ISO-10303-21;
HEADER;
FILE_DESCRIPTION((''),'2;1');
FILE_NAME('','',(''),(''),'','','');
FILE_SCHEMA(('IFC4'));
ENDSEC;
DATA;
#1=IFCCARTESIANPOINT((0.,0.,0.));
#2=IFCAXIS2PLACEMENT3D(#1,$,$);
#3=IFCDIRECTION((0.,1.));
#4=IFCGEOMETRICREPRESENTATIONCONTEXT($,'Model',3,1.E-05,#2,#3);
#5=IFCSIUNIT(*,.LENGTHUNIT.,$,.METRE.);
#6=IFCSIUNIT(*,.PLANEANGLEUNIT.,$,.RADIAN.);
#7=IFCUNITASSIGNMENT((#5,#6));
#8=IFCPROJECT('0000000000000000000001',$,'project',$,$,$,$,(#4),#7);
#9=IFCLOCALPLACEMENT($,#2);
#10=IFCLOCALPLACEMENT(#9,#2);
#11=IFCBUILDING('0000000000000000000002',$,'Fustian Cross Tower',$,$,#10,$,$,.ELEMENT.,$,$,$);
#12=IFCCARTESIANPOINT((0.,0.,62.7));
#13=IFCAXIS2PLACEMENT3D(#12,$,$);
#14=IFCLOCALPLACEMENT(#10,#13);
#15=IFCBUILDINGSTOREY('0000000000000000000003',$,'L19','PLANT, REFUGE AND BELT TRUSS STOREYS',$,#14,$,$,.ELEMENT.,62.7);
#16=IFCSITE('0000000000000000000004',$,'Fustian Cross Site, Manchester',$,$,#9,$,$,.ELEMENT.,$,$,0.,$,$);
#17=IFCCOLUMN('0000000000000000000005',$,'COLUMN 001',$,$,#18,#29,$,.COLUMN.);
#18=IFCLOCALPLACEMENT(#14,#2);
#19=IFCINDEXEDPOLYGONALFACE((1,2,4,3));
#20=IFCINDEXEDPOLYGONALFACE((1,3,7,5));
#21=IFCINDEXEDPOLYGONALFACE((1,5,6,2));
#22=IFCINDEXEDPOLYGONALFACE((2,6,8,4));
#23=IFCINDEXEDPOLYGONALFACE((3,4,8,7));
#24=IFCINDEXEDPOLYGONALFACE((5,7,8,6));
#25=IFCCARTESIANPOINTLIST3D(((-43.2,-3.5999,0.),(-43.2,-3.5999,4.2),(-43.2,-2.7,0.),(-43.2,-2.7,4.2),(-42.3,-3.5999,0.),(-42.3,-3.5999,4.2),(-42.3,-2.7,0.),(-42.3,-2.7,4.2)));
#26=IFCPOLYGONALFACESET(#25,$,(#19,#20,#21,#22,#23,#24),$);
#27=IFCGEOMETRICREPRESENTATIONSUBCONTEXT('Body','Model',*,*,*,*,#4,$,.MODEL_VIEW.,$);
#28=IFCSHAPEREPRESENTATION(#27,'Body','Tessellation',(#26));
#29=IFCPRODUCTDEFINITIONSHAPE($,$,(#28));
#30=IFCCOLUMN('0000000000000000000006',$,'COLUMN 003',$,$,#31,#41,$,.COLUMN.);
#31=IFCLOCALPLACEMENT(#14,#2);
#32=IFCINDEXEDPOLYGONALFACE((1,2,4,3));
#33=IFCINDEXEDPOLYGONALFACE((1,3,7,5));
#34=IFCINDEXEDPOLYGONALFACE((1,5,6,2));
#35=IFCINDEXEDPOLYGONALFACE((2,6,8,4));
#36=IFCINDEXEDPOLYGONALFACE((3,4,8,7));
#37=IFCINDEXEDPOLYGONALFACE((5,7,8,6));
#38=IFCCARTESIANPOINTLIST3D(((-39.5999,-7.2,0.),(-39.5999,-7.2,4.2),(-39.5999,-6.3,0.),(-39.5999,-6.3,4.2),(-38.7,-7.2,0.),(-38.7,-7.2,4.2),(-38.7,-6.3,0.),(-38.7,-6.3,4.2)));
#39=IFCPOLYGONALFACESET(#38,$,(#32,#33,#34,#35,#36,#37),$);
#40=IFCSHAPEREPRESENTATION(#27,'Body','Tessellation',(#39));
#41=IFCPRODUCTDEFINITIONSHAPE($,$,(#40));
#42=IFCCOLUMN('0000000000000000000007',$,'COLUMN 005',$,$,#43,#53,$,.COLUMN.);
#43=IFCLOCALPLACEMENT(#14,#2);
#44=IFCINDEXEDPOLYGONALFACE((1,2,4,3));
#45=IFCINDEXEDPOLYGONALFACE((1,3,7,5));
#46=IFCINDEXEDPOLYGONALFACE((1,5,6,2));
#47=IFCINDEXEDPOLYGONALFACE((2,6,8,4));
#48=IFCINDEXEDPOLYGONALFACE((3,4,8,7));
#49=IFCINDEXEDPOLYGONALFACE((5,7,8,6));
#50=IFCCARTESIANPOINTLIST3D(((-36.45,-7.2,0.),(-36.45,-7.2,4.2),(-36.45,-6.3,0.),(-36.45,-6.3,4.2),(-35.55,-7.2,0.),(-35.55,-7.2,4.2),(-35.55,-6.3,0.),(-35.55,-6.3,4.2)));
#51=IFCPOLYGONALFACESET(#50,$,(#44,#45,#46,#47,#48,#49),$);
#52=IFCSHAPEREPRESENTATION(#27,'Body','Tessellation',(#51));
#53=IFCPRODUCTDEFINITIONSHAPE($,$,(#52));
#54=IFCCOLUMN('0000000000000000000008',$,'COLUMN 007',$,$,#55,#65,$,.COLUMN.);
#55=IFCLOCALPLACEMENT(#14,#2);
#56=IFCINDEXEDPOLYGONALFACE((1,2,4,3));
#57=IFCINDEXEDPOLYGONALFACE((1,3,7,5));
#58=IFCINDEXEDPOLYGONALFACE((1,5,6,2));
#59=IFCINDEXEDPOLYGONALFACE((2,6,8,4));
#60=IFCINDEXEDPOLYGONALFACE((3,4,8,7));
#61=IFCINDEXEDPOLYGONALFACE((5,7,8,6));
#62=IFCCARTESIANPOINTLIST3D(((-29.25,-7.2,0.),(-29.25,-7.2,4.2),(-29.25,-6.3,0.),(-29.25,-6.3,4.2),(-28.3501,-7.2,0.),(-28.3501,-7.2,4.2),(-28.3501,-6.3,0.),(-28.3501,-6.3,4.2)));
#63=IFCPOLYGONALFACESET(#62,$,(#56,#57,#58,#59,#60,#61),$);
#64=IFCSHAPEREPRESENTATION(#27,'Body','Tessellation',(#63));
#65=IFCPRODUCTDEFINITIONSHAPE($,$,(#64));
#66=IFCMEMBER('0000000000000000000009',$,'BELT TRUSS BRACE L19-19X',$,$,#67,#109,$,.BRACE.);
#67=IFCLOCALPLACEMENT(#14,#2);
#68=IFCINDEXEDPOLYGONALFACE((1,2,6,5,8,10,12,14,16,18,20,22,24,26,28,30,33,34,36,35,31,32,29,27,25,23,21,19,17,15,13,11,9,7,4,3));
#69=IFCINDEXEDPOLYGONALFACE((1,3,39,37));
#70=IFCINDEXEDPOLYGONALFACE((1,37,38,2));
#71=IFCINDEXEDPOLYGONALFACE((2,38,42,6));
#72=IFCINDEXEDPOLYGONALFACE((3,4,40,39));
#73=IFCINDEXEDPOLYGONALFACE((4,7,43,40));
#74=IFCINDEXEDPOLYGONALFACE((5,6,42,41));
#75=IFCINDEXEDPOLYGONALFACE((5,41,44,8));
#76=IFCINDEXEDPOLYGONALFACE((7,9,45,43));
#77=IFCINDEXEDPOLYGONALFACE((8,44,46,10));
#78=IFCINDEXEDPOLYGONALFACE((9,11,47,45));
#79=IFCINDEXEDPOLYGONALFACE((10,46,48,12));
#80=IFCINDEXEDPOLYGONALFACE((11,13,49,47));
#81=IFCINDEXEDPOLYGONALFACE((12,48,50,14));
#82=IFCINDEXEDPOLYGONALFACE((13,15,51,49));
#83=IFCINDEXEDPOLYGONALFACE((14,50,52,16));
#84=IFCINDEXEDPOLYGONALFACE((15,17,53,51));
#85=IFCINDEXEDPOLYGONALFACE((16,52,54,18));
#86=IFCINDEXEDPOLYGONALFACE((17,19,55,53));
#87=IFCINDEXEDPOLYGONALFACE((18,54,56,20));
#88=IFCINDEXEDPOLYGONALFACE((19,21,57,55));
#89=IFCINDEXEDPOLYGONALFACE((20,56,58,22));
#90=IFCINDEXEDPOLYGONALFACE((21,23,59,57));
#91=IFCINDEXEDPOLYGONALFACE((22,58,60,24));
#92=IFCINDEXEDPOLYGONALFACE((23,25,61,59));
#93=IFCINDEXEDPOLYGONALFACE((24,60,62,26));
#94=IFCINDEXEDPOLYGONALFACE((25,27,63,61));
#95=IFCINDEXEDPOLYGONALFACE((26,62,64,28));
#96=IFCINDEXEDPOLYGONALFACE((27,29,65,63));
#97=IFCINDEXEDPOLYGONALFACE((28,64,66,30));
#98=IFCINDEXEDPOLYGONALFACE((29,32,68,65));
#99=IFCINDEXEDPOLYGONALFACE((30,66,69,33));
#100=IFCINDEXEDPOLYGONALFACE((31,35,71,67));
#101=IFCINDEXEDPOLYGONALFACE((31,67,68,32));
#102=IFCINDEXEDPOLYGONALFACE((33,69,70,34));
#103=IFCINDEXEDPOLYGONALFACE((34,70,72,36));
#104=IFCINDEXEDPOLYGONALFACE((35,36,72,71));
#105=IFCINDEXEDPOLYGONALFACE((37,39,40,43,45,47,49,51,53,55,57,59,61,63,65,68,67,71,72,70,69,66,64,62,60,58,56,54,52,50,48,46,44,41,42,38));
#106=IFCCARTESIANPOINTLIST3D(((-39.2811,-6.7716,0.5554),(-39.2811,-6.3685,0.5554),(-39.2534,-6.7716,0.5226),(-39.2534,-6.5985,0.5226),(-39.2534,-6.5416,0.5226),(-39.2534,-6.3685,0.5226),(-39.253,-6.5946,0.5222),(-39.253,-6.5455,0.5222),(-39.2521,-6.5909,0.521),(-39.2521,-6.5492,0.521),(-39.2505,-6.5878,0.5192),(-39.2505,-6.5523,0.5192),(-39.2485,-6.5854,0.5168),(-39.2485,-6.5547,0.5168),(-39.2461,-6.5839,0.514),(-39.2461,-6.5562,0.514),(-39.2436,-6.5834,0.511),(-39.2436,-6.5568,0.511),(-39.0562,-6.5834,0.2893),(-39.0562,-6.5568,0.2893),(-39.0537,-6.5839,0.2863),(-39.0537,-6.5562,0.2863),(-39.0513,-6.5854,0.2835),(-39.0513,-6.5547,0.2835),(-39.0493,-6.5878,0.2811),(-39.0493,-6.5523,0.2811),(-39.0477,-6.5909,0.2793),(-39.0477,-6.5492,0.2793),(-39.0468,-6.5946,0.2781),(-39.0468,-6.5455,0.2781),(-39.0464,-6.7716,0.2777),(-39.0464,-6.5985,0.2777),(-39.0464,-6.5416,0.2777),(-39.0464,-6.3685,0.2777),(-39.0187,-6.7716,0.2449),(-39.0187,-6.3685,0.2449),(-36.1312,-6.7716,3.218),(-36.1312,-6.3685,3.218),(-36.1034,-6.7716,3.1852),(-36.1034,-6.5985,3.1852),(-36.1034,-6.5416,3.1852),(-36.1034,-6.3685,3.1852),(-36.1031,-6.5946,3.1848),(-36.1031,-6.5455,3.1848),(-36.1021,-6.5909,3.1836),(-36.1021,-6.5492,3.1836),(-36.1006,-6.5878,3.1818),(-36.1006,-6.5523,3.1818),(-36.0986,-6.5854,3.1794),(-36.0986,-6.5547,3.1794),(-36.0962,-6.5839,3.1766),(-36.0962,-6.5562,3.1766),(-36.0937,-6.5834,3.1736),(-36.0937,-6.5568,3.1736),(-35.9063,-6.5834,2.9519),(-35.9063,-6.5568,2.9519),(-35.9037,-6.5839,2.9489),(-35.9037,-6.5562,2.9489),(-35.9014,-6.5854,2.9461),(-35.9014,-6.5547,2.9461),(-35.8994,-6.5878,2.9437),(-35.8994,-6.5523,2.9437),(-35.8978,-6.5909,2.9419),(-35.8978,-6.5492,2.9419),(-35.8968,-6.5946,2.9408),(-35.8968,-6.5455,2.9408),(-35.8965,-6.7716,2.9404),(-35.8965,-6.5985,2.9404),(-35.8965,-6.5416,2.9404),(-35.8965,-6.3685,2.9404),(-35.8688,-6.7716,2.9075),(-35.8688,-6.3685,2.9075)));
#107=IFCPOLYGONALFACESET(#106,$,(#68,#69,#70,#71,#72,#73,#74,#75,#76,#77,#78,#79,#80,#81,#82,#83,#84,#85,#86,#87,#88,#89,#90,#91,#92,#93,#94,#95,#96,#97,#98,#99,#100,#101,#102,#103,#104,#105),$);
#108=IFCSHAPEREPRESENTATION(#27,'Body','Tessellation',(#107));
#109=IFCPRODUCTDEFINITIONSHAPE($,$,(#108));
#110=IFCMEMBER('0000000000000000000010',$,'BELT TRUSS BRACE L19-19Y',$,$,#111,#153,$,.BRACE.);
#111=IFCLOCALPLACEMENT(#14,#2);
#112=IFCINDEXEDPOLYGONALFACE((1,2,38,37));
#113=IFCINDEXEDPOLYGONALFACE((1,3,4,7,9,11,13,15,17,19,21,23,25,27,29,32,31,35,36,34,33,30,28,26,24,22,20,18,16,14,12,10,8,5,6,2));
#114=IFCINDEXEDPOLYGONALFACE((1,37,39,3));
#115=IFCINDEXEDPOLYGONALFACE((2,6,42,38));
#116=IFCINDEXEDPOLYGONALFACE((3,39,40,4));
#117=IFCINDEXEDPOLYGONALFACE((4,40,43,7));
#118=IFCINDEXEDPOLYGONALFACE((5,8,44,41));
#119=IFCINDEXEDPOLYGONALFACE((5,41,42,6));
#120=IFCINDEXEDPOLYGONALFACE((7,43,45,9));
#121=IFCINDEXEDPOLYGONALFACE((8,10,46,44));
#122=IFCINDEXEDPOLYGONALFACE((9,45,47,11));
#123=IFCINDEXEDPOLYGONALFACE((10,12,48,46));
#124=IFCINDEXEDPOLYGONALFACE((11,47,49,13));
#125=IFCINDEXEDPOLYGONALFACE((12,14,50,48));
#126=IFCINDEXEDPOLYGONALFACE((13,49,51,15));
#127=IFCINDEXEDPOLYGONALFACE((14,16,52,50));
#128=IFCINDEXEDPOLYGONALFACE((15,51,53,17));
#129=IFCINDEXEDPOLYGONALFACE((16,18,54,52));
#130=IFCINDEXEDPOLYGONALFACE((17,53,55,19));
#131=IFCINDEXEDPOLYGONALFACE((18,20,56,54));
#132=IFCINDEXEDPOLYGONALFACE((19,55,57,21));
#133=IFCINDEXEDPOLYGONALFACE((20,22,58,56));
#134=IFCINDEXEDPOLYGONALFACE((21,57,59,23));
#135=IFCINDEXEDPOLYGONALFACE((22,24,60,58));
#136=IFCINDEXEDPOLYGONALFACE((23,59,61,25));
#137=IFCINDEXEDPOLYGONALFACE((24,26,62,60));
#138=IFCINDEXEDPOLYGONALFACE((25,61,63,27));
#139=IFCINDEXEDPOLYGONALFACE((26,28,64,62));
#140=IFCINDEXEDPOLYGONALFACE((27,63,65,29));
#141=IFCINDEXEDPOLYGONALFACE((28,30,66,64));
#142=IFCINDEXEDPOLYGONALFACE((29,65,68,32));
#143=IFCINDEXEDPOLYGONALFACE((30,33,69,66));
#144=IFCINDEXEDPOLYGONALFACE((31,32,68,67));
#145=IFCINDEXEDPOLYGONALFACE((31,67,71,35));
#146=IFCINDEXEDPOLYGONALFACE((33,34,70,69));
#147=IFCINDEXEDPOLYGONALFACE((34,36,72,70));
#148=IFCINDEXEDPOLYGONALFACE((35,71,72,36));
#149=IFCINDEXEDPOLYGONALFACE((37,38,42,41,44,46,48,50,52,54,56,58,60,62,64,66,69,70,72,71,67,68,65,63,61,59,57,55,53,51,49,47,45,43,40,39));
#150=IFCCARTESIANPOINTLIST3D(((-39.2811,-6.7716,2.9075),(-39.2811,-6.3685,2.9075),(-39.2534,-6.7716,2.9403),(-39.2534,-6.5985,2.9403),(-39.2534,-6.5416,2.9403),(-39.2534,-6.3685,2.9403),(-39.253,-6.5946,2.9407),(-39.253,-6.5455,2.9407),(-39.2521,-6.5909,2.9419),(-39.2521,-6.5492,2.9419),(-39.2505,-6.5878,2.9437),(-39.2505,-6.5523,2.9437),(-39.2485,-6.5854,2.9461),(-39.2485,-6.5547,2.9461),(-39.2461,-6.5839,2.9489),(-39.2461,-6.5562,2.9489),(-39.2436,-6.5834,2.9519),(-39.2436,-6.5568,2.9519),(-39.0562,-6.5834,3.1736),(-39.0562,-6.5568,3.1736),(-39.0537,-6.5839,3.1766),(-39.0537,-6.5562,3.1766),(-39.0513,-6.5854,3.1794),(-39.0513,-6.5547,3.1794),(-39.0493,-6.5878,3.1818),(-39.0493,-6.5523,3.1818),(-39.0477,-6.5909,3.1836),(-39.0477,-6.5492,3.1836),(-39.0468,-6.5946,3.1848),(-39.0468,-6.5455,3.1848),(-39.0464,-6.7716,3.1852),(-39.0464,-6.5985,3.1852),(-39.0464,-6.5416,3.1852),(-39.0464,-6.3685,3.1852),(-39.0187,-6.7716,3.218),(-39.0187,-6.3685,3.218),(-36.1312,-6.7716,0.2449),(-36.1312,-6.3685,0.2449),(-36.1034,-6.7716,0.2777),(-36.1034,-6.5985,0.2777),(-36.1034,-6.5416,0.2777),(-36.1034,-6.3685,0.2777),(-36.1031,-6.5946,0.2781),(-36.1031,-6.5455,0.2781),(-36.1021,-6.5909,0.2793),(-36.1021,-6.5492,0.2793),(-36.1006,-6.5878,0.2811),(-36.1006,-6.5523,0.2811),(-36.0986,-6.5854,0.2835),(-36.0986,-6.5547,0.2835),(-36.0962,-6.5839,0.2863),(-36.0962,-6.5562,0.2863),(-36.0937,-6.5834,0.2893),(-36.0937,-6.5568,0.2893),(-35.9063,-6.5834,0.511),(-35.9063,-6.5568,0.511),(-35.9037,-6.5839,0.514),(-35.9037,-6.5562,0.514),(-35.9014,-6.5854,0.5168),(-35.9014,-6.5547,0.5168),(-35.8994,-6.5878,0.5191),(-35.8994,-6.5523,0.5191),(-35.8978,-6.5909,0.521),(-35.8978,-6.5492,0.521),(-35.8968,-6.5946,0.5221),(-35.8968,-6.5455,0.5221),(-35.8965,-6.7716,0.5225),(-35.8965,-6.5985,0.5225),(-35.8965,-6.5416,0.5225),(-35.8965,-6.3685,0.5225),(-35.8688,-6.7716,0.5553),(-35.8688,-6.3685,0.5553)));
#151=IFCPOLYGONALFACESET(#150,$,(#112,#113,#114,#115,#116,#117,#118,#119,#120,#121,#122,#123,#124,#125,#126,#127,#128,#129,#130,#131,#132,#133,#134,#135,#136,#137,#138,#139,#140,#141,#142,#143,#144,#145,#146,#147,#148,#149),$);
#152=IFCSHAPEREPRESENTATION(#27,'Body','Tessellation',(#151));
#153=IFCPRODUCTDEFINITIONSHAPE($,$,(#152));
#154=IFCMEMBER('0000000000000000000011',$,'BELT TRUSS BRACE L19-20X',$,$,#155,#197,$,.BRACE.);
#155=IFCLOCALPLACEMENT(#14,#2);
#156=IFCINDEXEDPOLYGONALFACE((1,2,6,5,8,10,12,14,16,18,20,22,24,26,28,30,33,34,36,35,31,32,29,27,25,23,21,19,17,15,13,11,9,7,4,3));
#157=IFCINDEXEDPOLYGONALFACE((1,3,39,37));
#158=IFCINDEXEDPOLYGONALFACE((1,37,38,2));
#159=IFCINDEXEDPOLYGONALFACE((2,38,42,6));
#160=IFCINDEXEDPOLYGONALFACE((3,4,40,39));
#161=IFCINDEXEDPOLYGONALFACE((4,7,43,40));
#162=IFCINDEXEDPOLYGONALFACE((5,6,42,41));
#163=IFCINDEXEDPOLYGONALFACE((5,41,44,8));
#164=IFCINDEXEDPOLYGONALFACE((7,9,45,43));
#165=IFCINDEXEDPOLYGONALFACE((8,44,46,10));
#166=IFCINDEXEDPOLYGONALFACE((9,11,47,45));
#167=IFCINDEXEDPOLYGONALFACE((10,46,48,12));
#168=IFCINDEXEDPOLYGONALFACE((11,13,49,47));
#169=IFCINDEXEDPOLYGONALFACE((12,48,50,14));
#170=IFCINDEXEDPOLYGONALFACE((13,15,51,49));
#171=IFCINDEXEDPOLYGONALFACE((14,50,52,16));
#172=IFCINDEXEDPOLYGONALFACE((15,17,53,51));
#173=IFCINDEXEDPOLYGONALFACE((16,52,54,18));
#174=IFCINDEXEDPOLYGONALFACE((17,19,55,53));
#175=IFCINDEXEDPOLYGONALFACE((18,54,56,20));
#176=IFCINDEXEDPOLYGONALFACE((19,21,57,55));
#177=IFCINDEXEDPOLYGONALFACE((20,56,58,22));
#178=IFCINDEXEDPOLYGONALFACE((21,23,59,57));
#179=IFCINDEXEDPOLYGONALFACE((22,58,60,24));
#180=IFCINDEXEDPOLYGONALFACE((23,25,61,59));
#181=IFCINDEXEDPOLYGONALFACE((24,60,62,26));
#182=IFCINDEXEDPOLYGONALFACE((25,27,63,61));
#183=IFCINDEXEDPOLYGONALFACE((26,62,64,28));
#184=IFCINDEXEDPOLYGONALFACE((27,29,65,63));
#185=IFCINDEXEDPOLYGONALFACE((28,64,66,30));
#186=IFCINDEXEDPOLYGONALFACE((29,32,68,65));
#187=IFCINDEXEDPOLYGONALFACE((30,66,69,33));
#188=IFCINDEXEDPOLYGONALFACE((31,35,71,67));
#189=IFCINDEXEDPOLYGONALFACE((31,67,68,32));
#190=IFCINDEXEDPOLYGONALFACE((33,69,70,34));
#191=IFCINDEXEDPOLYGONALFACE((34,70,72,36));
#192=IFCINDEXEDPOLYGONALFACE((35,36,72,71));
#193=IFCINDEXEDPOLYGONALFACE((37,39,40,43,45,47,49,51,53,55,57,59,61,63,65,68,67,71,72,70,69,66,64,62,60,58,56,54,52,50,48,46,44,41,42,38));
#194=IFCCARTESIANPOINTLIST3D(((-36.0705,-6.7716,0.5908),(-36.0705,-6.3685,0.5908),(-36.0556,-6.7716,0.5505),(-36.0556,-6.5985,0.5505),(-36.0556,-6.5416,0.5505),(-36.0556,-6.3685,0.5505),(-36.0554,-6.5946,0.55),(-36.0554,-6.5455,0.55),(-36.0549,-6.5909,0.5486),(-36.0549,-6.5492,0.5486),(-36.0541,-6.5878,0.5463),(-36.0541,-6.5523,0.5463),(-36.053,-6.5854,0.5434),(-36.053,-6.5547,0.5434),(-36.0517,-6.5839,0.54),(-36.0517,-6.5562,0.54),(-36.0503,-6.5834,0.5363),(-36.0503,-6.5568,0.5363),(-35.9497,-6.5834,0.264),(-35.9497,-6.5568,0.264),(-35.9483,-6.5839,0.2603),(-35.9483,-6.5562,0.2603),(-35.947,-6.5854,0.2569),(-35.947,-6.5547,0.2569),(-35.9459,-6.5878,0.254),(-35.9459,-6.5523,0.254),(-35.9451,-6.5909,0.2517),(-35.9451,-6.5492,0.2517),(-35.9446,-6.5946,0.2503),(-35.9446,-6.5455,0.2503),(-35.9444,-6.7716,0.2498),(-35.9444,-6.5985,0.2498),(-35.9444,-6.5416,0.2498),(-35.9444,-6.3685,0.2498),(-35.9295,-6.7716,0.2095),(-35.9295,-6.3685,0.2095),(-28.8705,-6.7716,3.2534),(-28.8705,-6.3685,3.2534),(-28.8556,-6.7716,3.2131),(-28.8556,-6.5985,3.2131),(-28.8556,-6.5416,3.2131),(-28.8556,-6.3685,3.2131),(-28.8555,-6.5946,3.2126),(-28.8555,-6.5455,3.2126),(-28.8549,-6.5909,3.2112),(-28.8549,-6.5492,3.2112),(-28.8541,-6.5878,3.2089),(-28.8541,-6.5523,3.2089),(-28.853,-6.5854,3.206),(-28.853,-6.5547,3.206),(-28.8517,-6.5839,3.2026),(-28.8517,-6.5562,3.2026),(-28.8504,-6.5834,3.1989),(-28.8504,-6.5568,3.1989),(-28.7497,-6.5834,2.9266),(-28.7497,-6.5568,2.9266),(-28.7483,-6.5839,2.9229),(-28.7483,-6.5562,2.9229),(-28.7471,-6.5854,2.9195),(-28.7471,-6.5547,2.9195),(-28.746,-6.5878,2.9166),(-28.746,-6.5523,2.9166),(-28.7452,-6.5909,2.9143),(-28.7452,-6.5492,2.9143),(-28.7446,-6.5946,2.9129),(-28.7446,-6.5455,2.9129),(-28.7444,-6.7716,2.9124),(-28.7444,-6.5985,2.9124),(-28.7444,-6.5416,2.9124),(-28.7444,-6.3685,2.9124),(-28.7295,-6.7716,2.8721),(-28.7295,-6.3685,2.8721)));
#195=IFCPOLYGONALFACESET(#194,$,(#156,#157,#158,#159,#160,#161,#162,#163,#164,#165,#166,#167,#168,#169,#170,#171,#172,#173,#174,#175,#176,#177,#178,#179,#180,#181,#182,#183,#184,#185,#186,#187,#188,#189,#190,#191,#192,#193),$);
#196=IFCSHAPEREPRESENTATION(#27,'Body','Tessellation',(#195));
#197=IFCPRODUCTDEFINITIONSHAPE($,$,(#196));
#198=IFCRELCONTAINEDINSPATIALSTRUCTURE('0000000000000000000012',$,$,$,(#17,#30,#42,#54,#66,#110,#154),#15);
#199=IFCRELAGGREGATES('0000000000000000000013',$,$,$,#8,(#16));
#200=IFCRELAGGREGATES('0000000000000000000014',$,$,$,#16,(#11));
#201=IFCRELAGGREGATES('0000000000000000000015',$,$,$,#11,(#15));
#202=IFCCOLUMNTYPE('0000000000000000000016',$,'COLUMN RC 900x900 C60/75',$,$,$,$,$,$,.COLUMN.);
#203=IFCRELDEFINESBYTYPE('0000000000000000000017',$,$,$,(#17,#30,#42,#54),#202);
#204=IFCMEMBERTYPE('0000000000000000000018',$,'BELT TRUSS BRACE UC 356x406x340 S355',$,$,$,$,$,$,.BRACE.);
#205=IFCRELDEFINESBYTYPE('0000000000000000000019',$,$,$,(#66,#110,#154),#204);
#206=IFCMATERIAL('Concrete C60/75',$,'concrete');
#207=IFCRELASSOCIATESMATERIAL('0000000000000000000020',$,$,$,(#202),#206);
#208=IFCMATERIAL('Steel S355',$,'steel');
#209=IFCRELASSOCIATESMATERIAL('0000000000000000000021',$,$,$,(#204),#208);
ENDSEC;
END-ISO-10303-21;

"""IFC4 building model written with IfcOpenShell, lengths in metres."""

from ifc_helpers import new_model, si_unit, direction, frame, origin, origin_2d, place, context, subcontext, project, spatial, rectangle, i_section, extrude, material, material_profile, profile_set, type_object, element, save


model = new_model("IFC4")

# Units and contexts
model_context = context("Model", 3, precision=1e-05, world=origin(), true_north=direction((0.0, 1.0)))
body_context = subcontext(model_context, "Body", "Model", "MODEL_VIEW")
ifc_project = project(units=[si_unit("LENGTHUNIT", "METRE"), si_unit("PLANEANGLEUNIT", "RADIAN")], contexts=[model_context])

# Site, building, storey
site_placement = place(None, origin())
site = spatial("IfcSite", under=ifc_project, at=site_placement, Name="Fustian Cross Site, Manchester", CompositionType="ELEMENT", RefElevation=0.0)
building_placement = place(site_placement, origin())
building = spatial("IfcBuilding", under=site, at=building_placement, Name="Fustian Cross Tower", CompositionType="ELEMENT")
storey_placement = place(building_placement, frame((0.0, 0.0, 62.7)))
storey = spatial("IfcBuildingStorey", under=building, at=storey_placement, Name="L19", Description="PLANT, REFUGE AND BELT TRUSS STOREYS", CompositionType="ELEMENT", Elevation=62.7)

# Columns
ifc_material_1 = material(Name="Concrete C60/75", Category="concrete")
ifc_material_profile_1 = material_profile(ifc_material_1, rectangle(XDim=0.8999, YDim=0.8999, at=origin_2d()), Name="RC 900x900")
ifc_profile_set_1 = profile_set([ifc_material_profile_1], Name="Concrete C60/75")
column_type = type_object("IfcColumnType", Name="COLUMN RC 900x900 C60/75", PredefinedType="COLUMN", material=ifc_profile_set_1)
for number, where, z_axis, x_axis, name in (
    (1, (-42.75, -3.1499, 0.0), (0.0, 0.0, 1.0), (1.0, 0.0, 0.0), "COLUMN 001"),
    (2, (-39.1499, -6.75, 0.0), (0.0, 0.0, 1.0), (1.0, 0.0, 0.0), "COLUMN 003"),
    (3, (-36.0, -6.75, 0.0), (0.0, 0.0, 1.0), (1.0, 0.0, 0.0), "COLUMN 005"),
    (4, (-28.8, -6.75, 0.0), (0.0, 0.0, 1.0), (1.0, 0.0, 0.0), "COLUMN 007"),
):
    element("IfcColumn", number, at=place(storey_placement, frame(where, z_axis=z_axis, x_axis=x_axis)), inside=storey, type_object=column_type, Name=name, PredefinedType="COLUMN", context=body_context, shape_type="SweptSolid", body=[
        extrude(rectangle(XDim=0.8999, YDim=0.8999, at=origin_2d()), origin(), (0.0, 0.0, 1.0), 4.2),
    ])

# Members
ifc_material_2 = material(Name="Steel S355", Category="steel")
ifc_material_profile_2 = material_profile(ifc_material_2, i_section(OverallWidth=0.4031, OverallDepth=0.4065, WebThickness=0.0266, FlangeThickness=0.043, FilletRadius=0.0151, at=origin_2d()), Name="UC 356x406x340")
ifc_profile_set_2 = profile_set([ifc_material_profile_2], Name="Steel S355")
member_type_1 = type_object("IfcMemberType", Name="BELT TRUSS BRACE UC 356x406x340 S355", PredefinedType="BRACE", material=ifc_profile_set_2)
for number, where, z_axis, x_axis, name in (
    (5, (-39.1499, -6.5701, 0.4001), (0.76371, 0.0, 0.64556), (0.0, 1.0, 0.0), "BELT TRUSS BRACE L19-19X"),
    (6, (-39.1499, -6.5701, 3.0627), (0.76371, 0.0, -0.64556), (0.0, 1.0, 0.0), "BELT TRUSS BRACE L19-19Y"),
):
    element("IfcMember", number, at=place(storey_placement, frame(where, z_axis=z_axis, x_axis=x_axis)), inside=storey, type_object=member_type_1, Name=name, PredefinedType="BRACE", context=body_context, shape_type="SweptSolid", body=[
        extrude(i_section(OverallWidth=0.4031, OverallDepth=0.4065, WebThickness=0.0266, FlangeThickness=0.043, FilletRadius=0.0151, at=origin_2d()), origin(), (0.0, 0.0, 1.0), 4.1245),
    ])
for number, where, z_axis, x_axis, name in (
    (7, (-36.0, -6.5701, 0.4001), (0.937921, 0.0, 0.34685), (0.0, 1.0, 0.0), "BELT TRUSS BRACE L19-20X"),
):
    element("IfcMember", number, at=place(storey_placement, frame(where, z_axis=z_axis, x_axis=x_axis)), inside=storey, type_object=member_type_1, Name=name, PredefinedType="BRACE", context=body_context, shape_type="SweptSolid", body=[
        extrude(i_section(OverallWidth=0.4031, OverallDepth=0.4065, WebThickness=0.0266, FlangeThickness=0.043, FilletRadius=0.0151, at=origin_2d()), origin(), (0.0, 0.0, 1.0), 7.6765),
    ])

save(model, "model.ifc")
